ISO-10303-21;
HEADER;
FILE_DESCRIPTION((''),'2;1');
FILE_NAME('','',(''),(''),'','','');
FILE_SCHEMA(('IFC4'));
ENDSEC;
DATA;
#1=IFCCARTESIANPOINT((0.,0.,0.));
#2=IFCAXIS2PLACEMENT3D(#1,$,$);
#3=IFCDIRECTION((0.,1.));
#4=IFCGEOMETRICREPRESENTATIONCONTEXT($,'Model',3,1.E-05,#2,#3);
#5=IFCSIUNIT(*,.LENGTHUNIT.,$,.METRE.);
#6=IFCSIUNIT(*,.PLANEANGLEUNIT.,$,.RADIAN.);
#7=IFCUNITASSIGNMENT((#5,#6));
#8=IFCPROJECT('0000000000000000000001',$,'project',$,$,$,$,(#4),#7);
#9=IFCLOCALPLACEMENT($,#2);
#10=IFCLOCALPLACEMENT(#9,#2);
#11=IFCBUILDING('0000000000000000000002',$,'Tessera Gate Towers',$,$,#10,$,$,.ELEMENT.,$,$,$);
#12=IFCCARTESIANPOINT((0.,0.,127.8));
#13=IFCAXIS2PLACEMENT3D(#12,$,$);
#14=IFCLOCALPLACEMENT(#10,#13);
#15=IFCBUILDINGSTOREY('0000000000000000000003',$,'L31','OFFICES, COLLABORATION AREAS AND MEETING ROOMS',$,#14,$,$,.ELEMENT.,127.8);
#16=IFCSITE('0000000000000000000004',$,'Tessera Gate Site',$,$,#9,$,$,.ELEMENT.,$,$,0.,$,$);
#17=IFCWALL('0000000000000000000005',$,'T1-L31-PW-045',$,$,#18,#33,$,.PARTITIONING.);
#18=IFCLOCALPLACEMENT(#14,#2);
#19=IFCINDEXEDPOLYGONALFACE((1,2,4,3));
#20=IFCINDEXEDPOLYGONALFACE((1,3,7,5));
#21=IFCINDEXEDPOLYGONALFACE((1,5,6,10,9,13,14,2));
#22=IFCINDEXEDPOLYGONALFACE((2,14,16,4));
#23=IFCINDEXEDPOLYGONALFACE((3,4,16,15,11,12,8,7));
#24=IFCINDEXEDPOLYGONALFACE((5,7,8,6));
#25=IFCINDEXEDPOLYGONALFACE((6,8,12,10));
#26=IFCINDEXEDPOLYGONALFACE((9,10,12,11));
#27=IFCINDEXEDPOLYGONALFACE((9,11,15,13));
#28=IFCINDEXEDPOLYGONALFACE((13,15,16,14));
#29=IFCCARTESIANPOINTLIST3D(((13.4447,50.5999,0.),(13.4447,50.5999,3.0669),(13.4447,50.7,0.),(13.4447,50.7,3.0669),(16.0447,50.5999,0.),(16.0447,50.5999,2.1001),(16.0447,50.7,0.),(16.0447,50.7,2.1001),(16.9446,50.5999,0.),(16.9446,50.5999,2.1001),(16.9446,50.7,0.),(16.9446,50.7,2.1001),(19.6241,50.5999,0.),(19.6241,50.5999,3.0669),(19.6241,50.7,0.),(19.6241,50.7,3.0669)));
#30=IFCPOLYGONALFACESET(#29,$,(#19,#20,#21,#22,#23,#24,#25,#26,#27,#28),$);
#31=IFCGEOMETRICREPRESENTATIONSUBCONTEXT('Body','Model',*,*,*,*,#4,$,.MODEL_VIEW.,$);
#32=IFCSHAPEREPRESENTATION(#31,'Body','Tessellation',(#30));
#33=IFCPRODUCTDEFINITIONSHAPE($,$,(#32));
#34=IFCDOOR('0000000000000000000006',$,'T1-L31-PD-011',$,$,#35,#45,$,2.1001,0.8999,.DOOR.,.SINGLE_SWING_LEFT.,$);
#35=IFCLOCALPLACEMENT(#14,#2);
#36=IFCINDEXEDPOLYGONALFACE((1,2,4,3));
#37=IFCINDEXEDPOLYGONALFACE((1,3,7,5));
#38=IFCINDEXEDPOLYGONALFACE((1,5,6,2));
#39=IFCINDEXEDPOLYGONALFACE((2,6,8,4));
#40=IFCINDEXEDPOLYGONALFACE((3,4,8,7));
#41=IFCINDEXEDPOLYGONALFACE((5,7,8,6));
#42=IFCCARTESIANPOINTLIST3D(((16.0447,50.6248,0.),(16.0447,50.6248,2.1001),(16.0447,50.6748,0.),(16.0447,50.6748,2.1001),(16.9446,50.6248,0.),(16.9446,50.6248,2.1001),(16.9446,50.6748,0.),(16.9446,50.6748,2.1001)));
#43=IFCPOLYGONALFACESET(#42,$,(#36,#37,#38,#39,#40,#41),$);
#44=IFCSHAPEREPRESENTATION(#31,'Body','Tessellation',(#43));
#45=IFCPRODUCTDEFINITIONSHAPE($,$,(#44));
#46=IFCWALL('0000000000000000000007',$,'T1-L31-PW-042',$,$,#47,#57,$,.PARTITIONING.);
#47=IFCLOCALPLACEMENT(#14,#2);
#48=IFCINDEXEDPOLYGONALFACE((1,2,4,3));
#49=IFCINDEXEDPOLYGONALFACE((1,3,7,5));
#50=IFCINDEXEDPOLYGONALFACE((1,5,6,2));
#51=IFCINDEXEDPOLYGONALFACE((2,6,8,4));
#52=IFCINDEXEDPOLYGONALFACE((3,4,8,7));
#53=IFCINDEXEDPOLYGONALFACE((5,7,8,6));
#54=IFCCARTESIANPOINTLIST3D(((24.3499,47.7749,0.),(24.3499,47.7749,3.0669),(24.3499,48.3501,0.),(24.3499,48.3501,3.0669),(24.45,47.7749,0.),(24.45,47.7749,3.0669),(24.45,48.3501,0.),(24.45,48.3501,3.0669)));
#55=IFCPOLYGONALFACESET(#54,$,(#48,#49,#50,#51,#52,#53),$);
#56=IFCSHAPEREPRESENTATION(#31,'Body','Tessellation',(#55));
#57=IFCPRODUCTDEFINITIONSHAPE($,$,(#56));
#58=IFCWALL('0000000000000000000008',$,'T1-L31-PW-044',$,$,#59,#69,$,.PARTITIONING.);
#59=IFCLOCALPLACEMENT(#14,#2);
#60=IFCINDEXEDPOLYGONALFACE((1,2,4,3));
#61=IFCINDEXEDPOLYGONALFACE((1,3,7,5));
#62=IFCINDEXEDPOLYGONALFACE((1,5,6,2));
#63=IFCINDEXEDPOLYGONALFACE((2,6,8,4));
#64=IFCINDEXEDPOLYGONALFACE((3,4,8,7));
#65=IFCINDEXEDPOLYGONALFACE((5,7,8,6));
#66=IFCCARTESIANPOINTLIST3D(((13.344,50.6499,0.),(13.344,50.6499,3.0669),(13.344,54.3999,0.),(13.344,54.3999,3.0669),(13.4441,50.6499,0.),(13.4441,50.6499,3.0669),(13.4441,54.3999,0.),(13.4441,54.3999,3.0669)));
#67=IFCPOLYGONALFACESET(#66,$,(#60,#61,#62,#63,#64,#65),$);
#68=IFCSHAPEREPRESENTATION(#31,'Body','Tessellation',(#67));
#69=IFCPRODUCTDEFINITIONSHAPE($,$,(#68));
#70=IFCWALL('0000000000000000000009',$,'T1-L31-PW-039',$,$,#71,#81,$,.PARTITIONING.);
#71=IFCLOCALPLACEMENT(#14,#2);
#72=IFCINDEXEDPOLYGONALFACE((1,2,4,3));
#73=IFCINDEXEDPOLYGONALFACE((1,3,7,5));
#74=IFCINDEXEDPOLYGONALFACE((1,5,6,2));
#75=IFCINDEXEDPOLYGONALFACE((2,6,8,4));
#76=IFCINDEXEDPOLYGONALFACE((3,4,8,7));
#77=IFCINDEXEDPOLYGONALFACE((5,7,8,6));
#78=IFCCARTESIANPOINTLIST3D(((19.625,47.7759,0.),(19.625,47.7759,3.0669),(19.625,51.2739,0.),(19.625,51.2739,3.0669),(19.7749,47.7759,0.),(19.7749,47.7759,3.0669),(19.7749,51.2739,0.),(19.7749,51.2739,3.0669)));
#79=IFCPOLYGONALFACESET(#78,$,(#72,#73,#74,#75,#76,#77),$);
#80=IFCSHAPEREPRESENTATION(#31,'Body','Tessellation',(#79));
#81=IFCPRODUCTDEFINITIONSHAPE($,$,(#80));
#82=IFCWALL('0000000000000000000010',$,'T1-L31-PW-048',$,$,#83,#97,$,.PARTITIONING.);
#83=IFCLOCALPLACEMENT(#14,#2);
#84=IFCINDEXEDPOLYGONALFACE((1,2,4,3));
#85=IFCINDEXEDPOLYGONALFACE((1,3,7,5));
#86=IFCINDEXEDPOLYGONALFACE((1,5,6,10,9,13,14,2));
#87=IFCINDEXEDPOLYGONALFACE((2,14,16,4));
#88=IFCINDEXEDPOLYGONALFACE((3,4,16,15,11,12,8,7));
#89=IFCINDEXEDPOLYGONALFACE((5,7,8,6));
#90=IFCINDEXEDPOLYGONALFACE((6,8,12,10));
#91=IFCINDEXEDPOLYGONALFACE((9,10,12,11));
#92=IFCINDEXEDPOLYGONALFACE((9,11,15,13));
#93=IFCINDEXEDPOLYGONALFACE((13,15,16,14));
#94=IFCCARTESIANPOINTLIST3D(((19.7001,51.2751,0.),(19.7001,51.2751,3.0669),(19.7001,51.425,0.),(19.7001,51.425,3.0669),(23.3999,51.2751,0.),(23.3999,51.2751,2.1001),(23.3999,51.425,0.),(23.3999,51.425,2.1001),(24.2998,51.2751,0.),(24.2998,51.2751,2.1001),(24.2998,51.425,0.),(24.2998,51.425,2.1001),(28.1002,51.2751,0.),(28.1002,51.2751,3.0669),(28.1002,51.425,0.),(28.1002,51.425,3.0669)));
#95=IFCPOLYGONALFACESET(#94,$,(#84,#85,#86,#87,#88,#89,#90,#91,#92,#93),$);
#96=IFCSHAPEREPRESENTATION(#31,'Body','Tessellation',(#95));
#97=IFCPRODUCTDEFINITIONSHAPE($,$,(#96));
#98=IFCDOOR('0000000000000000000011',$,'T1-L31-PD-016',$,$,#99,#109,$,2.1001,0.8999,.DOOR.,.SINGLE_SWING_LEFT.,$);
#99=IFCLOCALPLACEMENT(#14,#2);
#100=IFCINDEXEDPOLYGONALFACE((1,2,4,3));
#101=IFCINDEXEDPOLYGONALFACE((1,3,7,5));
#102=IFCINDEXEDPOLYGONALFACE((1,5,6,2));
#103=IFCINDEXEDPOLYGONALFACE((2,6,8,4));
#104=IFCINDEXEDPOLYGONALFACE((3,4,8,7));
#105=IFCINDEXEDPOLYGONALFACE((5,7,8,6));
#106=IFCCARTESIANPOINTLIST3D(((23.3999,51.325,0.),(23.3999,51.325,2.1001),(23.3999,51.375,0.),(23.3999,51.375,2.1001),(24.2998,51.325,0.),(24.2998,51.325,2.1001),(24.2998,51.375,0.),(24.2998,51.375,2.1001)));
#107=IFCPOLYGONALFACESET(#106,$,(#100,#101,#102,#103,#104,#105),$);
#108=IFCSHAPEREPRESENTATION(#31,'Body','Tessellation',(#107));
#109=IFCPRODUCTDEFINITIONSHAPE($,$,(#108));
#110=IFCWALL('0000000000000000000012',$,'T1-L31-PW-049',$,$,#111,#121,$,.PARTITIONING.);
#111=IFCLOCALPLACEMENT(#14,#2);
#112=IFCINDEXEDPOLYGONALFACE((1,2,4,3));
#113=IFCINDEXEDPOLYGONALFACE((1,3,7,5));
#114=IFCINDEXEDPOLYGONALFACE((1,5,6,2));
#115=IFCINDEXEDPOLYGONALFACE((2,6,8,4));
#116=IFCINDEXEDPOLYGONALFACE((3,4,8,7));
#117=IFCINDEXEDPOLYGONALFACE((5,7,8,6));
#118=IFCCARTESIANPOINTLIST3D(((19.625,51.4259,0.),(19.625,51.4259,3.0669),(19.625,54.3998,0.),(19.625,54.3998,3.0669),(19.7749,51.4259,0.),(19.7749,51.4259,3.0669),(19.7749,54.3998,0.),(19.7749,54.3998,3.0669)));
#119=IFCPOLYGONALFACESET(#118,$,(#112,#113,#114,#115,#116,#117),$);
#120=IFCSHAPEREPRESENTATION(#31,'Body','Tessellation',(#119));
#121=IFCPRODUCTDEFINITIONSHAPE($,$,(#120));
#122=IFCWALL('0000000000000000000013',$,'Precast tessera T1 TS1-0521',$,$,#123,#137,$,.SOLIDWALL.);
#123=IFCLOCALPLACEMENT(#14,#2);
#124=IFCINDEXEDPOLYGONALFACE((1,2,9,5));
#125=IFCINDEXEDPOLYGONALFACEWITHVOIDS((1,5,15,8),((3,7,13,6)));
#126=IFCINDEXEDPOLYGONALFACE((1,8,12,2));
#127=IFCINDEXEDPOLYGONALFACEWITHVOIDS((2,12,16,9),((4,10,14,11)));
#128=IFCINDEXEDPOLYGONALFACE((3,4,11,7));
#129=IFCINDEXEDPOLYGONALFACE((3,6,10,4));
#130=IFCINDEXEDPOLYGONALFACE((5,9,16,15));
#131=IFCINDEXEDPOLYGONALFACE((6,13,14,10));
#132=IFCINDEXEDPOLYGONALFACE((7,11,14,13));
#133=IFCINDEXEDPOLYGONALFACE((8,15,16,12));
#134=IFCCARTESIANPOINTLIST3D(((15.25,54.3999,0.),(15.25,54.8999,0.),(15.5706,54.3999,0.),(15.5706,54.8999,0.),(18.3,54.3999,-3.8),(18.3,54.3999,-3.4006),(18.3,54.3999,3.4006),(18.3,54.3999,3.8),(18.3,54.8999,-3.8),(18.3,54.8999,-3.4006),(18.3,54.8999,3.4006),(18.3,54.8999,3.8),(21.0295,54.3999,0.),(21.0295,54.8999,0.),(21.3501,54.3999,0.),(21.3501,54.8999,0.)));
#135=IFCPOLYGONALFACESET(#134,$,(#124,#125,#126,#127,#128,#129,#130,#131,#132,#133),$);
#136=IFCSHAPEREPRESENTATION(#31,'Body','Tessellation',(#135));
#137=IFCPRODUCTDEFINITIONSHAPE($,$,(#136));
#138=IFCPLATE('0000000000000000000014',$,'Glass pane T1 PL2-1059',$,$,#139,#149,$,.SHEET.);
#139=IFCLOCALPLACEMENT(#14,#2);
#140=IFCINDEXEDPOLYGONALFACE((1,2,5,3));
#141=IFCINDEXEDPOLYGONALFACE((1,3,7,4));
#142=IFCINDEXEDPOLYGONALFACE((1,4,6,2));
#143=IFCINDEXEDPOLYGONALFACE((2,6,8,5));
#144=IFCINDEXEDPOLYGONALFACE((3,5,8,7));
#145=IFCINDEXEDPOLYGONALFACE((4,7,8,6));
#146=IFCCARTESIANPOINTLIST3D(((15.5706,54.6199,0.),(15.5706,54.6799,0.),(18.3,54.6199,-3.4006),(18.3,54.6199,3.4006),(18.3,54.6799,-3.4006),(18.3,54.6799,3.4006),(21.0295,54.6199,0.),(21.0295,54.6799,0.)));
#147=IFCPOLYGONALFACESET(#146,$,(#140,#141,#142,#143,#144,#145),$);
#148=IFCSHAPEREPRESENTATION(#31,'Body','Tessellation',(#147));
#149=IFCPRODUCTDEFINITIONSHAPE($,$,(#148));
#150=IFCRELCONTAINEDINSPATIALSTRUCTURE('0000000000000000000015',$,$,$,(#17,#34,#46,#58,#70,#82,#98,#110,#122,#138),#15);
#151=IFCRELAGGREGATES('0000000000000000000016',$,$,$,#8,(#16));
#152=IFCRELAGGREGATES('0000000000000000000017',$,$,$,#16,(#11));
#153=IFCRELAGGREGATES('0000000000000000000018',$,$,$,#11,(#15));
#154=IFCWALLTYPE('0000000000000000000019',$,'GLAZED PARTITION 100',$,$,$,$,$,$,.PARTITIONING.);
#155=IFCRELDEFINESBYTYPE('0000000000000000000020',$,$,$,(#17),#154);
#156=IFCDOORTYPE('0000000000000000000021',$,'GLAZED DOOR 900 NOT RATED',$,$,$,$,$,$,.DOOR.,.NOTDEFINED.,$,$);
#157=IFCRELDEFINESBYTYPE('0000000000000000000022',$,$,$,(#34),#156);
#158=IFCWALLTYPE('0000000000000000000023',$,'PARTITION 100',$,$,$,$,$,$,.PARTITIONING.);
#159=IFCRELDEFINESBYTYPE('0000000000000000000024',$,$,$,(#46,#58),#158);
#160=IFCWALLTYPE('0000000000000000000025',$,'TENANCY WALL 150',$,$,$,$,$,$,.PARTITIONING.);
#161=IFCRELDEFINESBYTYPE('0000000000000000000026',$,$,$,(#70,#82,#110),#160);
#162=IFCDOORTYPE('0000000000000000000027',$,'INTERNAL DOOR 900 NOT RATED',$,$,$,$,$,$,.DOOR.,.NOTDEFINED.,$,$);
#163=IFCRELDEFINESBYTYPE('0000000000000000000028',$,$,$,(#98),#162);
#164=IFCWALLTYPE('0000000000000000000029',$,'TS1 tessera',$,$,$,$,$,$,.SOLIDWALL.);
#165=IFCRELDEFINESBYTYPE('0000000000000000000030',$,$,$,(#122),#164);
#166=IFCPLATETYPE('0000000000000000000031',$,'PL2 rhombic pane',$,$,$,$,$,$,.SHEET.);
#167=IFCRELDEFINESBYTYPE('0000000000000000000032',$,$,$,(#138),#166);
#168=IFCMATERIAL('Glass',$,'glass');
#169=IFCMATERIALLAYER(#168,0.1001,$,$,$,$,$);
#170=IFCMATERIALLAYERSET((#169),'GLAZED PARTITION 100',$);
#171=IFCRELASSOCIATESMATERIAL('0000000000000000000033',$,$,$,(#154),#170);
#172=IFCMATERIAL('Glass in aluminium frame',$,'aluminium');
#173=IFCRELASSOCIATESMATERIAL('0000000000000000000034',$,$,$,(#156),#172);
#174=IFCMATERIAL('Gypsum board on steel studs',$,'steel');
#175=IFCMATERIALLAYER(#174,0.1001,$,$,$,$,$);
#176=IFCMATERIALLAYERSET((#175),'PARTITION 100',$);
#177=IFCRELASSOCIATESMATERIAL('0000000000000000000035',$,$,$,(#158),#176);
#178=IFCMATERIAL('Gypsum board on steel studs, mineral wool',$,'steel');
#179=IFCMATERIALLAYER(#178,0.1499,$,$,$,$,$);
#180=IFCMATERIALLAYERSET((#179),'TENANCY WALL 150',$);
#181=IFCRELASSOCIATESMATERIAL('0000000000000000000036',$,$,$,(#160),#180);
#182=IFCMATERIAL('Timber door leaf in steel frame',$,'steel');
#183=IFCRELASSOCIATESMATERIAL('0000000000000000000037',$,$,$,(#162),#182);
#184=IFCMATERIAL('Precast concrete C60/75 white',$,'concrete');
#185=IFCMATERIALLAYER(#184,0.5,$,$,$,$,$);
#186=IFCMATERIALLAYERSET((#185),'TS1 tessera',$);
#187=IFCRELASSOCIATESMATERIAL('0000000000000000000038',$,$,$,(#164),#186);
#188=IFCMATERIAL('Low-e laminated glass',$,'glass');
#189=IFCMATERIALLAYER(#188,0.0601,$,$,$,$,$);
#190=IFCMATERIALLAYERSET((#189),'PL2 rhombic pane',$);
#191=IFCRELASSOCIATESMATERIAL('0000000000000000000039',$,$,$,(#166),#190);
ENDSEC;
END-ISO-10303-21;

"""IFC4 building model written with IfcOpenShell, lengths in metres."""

from ifc_helpers import new_model, si_unit, direction, frame, frame_2d, origin, place, context, subcontext, project, spatial, polyline, rectangle, outline, extrude, source, transform, mapped, material, layer, layer_set, type_object, element, fill, save


model = new_model("IFC4")

# Units and contexts
model_context = context("Model", 3, precision=1e-05, world=origin(), true_north=direction((0.0, 1.0)))
body_context = subcontext(model_context, "Body", "Model", "MODEL_VIEW")
ifc_project = project(units=[si_unit("LENGTHUNIT", "METRE"), si_unit("PLANEANGLEUNIT", "RADIAN")], contexts=[model_context])

# Site, building, storey
site_placement = place(None, origin())
site = spatial("IfcSite", under=ifc_project, at=site_placement, Name="Tessera Gate Site", CompositionType="ELEMENT", RefElevation=0.0)
building_placement = place(site_placement, origin())
building = spatial("IfcBuilding", under=site, at=building_placement, Name="Tessera Gate Towers", CompositionType="ELEMENT")
storey_placement = place(building_placement, frame((0.0, 0.0, 127.8)))
storey = spatial("IfcBuildingStorey", under=building, at=storey_placement, Name="L31", Description="OFFICES, COLLABORATION AREAS AND MEETING ROOMS", CompositionType="ELEMENT", Elevation=127.8)

# Wall, opening, door
ifc_material_1 = material(Name="Glass", Category="glass")
ifc_layer_1 = layer(ifc_material_1, 0.1001)
ifc_layer_set_1 = layer_set([ifc_layer_1], Name="GLAZED PARTITION 100")
wall_type_1 = type_object("IfcWallType", Name="GLAZED PARTITION 100", PredefinedType="PARTITIONING", material=ifc_layer_set_1)
shared_shape_1 = source(origin(), body_context, "Body", "SweptSolid", [
    extrude(rectangle(XDim=0.8999, YDim=2.1001, at=frame_2d((0.45, 1.05))), frame((0.0, 0.0601, 0.0), z_axis=(0.0, -1.0, 0.0), x_axis=(1.0, 0.0, 0.0)), (0.0, 0.0, 1.0), 0.1201),
])
ifc_material_2 = material(Name="Glass in aluminium frame", Category="aluminium")
door_type_1 = type_object("IfcDoorType", Name="GLAZED DOOR 900 NOT RATED", OperationType="NOTDEFINED", PredefinedType="DOOR", material=ifc_material_2)
shared_shape_2 = source(origin(), body_context, "Body", "SweptSolid", [
    extrude(rectangle(XDim=0.8999, YDim=2.1001, at=frame_2d((0.45, 1.05))), frame((0.0, 0.0249, 0.0), z_axis=(0.0, -1.0, 0.0), x_axis=(1.0, 0.0, 0.0)), (0.0, 0.0, 1.0), 0.05),
])
wall_1_placement = place(storey_placement, frame((13.4446, 50.6499, 0.0), z_axis=(0.0, 0.0, 1.0), x_axis=(1.0, 0.0, 0.0)))
wall_1 = element("IfcWall", 1, at=wall_1_placement, inside=storey, type_object=wall_type_1, Name="T1-L31-PW-045", PredefinedType="PARTITIONING", context=body_context, shape_type="SweptSolid", body=[
    extrude(rectangle(XDim=6.1794, YDim=0.1001, at=frame_2d((3.0898, 0.0))), origin(), (0.0, 0.0, 1.0), 3.0669),
])
opening_1_placement = place(wall_1_placement, frame((2.6001, 0.0, 0.0)))
opening_1 = element("IfcOpeningElement", 2, at=opening_1_placement, cuts=wall_1, PredefinedType="OPENING", context=body_context, shape_type="MappedRepresentation", body=[
    mapped(shared_shape_1, transform((0.0, 0.0, 0.0), scale=1.0)),
])
door_1_placement = place(opening_1_placement, origin())
door_1 = element("IfcDoor", 3, at=door_1_placement, inside=storey, type_object=door_type_1, Name="T1-L31-PD-011", OperationType="SINGLE_SWING_LEFT", OverallHeight=2.1001, OverallWidth=0.8999, PredefinedType="DOOR", context=body_context, shape_type="MappedRepresentation", body=[
    mapped(shared_shape_2, transform((0.0, 0.0, 0.0), scale=1.0)),
])
fill(opening_1, door_1)

# Walls
ifc_material_3 = material(Name="Gypsum board on steel studs", Category="steel")
ifc_layer_2 = layer(ifc_material_3, 0.1001)
ifc_layer_set_2 = layer_set([ifc_layer_2], Name="PARTITION 100")
wall_type_2 = type_object("IfcWallType", Name="PARTITION 100", PredefinedType="PARTITIONING", material=ifc_layer_set_2)
wall_2_placement = place(storey_placement, frame((24.3999, 48.3501, 0.0), z_axis=(0.0, 0.0, 1.0), x_axis=(0.0, -1.0, 0.0)))
element("IfcWall", 4, at=wall_2_placement, inside=storey, type_object=wall_type_2, Name="T1-L31-PW-042", PredefinedType="PARTITIONING", context=body_context, shape_type="SweptSolid", body=[
    extrude(rectangle(XDim=0.5752, YDim=0.1001, at=frame_2d((0.2876, 0.0))), origin(), (0.0, 0.0, 1.0), 3.0669),
])
wall_3_placement = place(storey_placement, frame((13.394, 50.6499, 0.0), z_axis=(0.0, 0.0, 1.0), x_axis=(0.0, 1.0, 0.0)))
element("IfcWall", 5, at=wall_3_placement, inside=storey, type_object=wall_type_2, Name="T1-L31-PW-044", PredefinedType="PARTITIONING", context=body_context, shape_type="SweptSolid", body=[
    extrude(rectangle(XDim=3.75, YDim=0.1001, at=frame_2d((1.875, 0.0))), origin(), (0.0, 0.0, 1.0), 3.0669),
])
ifc_material_4 = material(Name="Gypsum board on steel studs, mineral wool", Category="steel")
ifc_layer_3 = layer(ifc_material_4, 0.1499)
ifc_layer_set_3 = layer_set([ifc_layer_3], Name="TENANCY WALL 150")
wall_type_3 = type_object("IfcWallType", Name="TENANCY WALL 150", PredefinedType="PARTITIONING", material=ifc_layer_set_3)
wall_4_placement = place(storey_placement, frame((19.7, 47.7759, 0.0), z_axis=(0.0, 0.0, 1.0), x_axis=(0.0, 1.0, 0.0)))
element("IfcWall", 6, at=wall_4_placement, inside=storey, type_object=wall_type_3, Name="T1-L31-PW-039", PredefinedType="PARTITIONING", context=body_context, shape_type="SweptSolid", body=[
    extrude(rectangle(XDim=3.498, YDim=0.1499, at=frame_2d((1.749, 0.0))), origin(), (0.0, 0.0, 1.0), 3.0669),
])

# Wall, opening, door
wall_5_placement = place(storey_placement, frame((19.7, 51.3501, 0.0), z_axis=(0.0, 0.0, 1.0), x_axis=(1.0, 0.0, 0.0)))
wall_5 = element("IfcWall", 7, at=wall_5_placement, inside=storey, type_object=wall_type_3, Name="T1-L31-PW-048", PredefinedType="PARTITIONING", context=body_context, shape_type="SweptSolid", body=[
    extrude(rectangle(XDim=8.4001, YDim=0.1499, at=frame_2d((4.2002, 0.0))), origin(), (0.0, 0.0, 1.0), 3.0669),
])
shared_shape_3 = source(origin(), body_context, "Body", "SweptSolid", [
    extrude(rectangle(XDim=0.8999, YDim=2.1001, at=frame_2d((0.45, 1.05))), frame((0.0, 0.085, 0.0), z_axis=(0.0, -1.0, 0.0), x_axis=(1.0, 0.0, 0.0)), (0.0, 0.0, 1.0), 0.1699),
])
opening_2_placement = place(wall_5_placement, frame((3.7, 0.0, 0.0)))
opening_2 = element("IfcOpeningElement", 8, at=opening_2_placement, cuts=wall_5, PredefinedType="OPENING", context=body_context, shape_type="MappedRepresentation", body=[
    mapped(shared_shape_3, transform((0.0, 0.0, 0.0), scale=1.0)),
])
ifc_material_5 = material(Name="Timber door leaf in steel frame", Category="steel")
door_type_2 = type_object("IfcDoorType", Name="INTERNAL DOOR 900 NOT RATED", OperationType="NOTDEFINED", PredefinedType="DOOR", material=ifc_material_5)
door_2_placement = place(opening_2_placement, origin())
door_2 = element("IfcDoor", 9, at=door_2_placement, inside=storey, type_object=door_type_2, Name="T1-L31-PD-016", OperationType="SINGLE_SWING_LEFT", OverallHeight=2.1001, OverallWidth=0.8999, PredefinedType="DOOR", context=body_context, shape_type="MappedRepresentation", body=[
    mapped(shared_shape_2, transform((0.0, 0.0, 0.0), scale=1.0)),
])
fill(opening_2, door_2)

# Wall
wall_6_placement = place(storey_placement, frame((19.7, 51.426, 0.0), z_axis=(0.0, 0.0, 1.0), x_axis=(0.0, 1.0, 0.0)))
element("IfcWall", 10, at=wall_6_placement, inside=storey, type_object=wall_type_3, Name="T1-L31-PW-049", PredefinedType="PARTITIONING", context=body_context, shape_type="SweptSolid", body=[
    extrude(rectangle(XDim=2.9739, YDim=0.1499, at=frame_2d((1.4868, 0.0))), origin(), (0.0, 0.0, 1.0), 3.0669),
])

# Wall, opening, plate
ifc_material_6 = material(Name="Precast concrete C60/75 white", Category="concrete")
ifc_layer_4 = layer(ifc_material_6, 0.5)
ifc_layer_set_4 = layer_set([ifc_layer_4], Name="TS1 tessera")
wall_type_4 = type_object("IfcWallType", Name="TS1 tessera", PredefinedType="SOLIDWALL", material=ifc_layer_set_4)
shared_shape_4 = source(origin(), body_context, "Body", "SweptSolid", [
    extrude(outline(polyline([(3.05, 0.0), (6.1001, 3.8), (3.05, 7.6001), (0.0, 3.8), (3.05, 0.0)])), frame((0.0, 0.25, 0.0), z_axis=(0.0, -1.0, 0.0), x_axis=(1.0, 0.0, 0.0)), (0.0, 0.0, 1.0), 0.5),
])
wall_7_placement = place(storey_placement, frame((21.3501, 54.6499, -3.8), z_axis=(0.0, 0.0, 1.0), x_axis=(-1.0, 0.0, 0.0)))
wall_7 = element("IfcWall", 11, at=wall_7_placement, inside=storey, type_object=wall_type_4, Name="Precast tessera T1 TS1-0521", PredefinedType="SOLIDWALL", context=body_context, shape_type="MappedRepresentation", body=[
    mapped(shared_shape_4, transform((0.0, 0.0, 0.0), scale=1.0)),
])
shared_shape_5 = source(origin(), body_context, "Body", "SweptSolid", [
    extrude(outline(polyline([(3.05, 0.3994), (5.7795, 3.8), (3.05, 7.2007), (0.3206, 3.8), (3.05, 0.3994)])), frame((0.0, 0.26, 0.0), z_axis=(0.0, -1.0, 0.0), x_axis=(1.0, 0.0, 0.0)), (0.0, 0.0, 1.0), 0.52),
])
opening_3_placement = place(wall_7_placement, origin())
opening_3 = element("IfcOpeningElement", 12, at=opening_3_placement, cuts=wall_7, PredefinedType="OPENING", context=body_context, shape_type="MappedRepresentation", body=[
    mapped(shared_shape_5, transform((0.0, 0.0, 0.0), scale=1.0)),
])
ifc_material_7 = material(Name="Low-e laminated glass", Category="glass")
ifc_layer_5 = layer(ifc_material_7, 0.0601)
ifc_layer_set_5 = layer_set([ifc_layer_5], Name="PL2 rhombic pane")
plate_type = type_object("IfcPlateType", Name="PL2 rhombic pane", PredefinedType="SHEET", material=ifc_layer_set_5)
shared_shape_6 = source(origin(), body_context, "Body", "SweptSolid", [
    extrude(outline(polyline([(3.05, 0.3994), (5.7795, 3.8), (3.05, 7.2007), (0.3206, 3.8), (3.05, 0.3994)])), frame((0.0, 0.03, 0.0), z_axis=(0.0, -1.0, 0.0), x_axis=(1.0, 0.0, 0.0)), (0.0, 0.0, 1.0), 0.0601),
])
plate_1_placement = place(opening_3_placement, origin())
plate_1 = element("IfcPlate", 13, at=plate_1_placement, inside=storey, type_object=plate_type, Name="Glass pane T1 PL2-1059", PredefinedType="SHEET", context=body_context, shape_type="MappedRepresentation", body=[
    mapped(shared_shape_6, transform((0.0, 0.0, 0.0), scale=1.0)),
])
fill(opening_3, plate_1)

save(model, "model.ifc")
